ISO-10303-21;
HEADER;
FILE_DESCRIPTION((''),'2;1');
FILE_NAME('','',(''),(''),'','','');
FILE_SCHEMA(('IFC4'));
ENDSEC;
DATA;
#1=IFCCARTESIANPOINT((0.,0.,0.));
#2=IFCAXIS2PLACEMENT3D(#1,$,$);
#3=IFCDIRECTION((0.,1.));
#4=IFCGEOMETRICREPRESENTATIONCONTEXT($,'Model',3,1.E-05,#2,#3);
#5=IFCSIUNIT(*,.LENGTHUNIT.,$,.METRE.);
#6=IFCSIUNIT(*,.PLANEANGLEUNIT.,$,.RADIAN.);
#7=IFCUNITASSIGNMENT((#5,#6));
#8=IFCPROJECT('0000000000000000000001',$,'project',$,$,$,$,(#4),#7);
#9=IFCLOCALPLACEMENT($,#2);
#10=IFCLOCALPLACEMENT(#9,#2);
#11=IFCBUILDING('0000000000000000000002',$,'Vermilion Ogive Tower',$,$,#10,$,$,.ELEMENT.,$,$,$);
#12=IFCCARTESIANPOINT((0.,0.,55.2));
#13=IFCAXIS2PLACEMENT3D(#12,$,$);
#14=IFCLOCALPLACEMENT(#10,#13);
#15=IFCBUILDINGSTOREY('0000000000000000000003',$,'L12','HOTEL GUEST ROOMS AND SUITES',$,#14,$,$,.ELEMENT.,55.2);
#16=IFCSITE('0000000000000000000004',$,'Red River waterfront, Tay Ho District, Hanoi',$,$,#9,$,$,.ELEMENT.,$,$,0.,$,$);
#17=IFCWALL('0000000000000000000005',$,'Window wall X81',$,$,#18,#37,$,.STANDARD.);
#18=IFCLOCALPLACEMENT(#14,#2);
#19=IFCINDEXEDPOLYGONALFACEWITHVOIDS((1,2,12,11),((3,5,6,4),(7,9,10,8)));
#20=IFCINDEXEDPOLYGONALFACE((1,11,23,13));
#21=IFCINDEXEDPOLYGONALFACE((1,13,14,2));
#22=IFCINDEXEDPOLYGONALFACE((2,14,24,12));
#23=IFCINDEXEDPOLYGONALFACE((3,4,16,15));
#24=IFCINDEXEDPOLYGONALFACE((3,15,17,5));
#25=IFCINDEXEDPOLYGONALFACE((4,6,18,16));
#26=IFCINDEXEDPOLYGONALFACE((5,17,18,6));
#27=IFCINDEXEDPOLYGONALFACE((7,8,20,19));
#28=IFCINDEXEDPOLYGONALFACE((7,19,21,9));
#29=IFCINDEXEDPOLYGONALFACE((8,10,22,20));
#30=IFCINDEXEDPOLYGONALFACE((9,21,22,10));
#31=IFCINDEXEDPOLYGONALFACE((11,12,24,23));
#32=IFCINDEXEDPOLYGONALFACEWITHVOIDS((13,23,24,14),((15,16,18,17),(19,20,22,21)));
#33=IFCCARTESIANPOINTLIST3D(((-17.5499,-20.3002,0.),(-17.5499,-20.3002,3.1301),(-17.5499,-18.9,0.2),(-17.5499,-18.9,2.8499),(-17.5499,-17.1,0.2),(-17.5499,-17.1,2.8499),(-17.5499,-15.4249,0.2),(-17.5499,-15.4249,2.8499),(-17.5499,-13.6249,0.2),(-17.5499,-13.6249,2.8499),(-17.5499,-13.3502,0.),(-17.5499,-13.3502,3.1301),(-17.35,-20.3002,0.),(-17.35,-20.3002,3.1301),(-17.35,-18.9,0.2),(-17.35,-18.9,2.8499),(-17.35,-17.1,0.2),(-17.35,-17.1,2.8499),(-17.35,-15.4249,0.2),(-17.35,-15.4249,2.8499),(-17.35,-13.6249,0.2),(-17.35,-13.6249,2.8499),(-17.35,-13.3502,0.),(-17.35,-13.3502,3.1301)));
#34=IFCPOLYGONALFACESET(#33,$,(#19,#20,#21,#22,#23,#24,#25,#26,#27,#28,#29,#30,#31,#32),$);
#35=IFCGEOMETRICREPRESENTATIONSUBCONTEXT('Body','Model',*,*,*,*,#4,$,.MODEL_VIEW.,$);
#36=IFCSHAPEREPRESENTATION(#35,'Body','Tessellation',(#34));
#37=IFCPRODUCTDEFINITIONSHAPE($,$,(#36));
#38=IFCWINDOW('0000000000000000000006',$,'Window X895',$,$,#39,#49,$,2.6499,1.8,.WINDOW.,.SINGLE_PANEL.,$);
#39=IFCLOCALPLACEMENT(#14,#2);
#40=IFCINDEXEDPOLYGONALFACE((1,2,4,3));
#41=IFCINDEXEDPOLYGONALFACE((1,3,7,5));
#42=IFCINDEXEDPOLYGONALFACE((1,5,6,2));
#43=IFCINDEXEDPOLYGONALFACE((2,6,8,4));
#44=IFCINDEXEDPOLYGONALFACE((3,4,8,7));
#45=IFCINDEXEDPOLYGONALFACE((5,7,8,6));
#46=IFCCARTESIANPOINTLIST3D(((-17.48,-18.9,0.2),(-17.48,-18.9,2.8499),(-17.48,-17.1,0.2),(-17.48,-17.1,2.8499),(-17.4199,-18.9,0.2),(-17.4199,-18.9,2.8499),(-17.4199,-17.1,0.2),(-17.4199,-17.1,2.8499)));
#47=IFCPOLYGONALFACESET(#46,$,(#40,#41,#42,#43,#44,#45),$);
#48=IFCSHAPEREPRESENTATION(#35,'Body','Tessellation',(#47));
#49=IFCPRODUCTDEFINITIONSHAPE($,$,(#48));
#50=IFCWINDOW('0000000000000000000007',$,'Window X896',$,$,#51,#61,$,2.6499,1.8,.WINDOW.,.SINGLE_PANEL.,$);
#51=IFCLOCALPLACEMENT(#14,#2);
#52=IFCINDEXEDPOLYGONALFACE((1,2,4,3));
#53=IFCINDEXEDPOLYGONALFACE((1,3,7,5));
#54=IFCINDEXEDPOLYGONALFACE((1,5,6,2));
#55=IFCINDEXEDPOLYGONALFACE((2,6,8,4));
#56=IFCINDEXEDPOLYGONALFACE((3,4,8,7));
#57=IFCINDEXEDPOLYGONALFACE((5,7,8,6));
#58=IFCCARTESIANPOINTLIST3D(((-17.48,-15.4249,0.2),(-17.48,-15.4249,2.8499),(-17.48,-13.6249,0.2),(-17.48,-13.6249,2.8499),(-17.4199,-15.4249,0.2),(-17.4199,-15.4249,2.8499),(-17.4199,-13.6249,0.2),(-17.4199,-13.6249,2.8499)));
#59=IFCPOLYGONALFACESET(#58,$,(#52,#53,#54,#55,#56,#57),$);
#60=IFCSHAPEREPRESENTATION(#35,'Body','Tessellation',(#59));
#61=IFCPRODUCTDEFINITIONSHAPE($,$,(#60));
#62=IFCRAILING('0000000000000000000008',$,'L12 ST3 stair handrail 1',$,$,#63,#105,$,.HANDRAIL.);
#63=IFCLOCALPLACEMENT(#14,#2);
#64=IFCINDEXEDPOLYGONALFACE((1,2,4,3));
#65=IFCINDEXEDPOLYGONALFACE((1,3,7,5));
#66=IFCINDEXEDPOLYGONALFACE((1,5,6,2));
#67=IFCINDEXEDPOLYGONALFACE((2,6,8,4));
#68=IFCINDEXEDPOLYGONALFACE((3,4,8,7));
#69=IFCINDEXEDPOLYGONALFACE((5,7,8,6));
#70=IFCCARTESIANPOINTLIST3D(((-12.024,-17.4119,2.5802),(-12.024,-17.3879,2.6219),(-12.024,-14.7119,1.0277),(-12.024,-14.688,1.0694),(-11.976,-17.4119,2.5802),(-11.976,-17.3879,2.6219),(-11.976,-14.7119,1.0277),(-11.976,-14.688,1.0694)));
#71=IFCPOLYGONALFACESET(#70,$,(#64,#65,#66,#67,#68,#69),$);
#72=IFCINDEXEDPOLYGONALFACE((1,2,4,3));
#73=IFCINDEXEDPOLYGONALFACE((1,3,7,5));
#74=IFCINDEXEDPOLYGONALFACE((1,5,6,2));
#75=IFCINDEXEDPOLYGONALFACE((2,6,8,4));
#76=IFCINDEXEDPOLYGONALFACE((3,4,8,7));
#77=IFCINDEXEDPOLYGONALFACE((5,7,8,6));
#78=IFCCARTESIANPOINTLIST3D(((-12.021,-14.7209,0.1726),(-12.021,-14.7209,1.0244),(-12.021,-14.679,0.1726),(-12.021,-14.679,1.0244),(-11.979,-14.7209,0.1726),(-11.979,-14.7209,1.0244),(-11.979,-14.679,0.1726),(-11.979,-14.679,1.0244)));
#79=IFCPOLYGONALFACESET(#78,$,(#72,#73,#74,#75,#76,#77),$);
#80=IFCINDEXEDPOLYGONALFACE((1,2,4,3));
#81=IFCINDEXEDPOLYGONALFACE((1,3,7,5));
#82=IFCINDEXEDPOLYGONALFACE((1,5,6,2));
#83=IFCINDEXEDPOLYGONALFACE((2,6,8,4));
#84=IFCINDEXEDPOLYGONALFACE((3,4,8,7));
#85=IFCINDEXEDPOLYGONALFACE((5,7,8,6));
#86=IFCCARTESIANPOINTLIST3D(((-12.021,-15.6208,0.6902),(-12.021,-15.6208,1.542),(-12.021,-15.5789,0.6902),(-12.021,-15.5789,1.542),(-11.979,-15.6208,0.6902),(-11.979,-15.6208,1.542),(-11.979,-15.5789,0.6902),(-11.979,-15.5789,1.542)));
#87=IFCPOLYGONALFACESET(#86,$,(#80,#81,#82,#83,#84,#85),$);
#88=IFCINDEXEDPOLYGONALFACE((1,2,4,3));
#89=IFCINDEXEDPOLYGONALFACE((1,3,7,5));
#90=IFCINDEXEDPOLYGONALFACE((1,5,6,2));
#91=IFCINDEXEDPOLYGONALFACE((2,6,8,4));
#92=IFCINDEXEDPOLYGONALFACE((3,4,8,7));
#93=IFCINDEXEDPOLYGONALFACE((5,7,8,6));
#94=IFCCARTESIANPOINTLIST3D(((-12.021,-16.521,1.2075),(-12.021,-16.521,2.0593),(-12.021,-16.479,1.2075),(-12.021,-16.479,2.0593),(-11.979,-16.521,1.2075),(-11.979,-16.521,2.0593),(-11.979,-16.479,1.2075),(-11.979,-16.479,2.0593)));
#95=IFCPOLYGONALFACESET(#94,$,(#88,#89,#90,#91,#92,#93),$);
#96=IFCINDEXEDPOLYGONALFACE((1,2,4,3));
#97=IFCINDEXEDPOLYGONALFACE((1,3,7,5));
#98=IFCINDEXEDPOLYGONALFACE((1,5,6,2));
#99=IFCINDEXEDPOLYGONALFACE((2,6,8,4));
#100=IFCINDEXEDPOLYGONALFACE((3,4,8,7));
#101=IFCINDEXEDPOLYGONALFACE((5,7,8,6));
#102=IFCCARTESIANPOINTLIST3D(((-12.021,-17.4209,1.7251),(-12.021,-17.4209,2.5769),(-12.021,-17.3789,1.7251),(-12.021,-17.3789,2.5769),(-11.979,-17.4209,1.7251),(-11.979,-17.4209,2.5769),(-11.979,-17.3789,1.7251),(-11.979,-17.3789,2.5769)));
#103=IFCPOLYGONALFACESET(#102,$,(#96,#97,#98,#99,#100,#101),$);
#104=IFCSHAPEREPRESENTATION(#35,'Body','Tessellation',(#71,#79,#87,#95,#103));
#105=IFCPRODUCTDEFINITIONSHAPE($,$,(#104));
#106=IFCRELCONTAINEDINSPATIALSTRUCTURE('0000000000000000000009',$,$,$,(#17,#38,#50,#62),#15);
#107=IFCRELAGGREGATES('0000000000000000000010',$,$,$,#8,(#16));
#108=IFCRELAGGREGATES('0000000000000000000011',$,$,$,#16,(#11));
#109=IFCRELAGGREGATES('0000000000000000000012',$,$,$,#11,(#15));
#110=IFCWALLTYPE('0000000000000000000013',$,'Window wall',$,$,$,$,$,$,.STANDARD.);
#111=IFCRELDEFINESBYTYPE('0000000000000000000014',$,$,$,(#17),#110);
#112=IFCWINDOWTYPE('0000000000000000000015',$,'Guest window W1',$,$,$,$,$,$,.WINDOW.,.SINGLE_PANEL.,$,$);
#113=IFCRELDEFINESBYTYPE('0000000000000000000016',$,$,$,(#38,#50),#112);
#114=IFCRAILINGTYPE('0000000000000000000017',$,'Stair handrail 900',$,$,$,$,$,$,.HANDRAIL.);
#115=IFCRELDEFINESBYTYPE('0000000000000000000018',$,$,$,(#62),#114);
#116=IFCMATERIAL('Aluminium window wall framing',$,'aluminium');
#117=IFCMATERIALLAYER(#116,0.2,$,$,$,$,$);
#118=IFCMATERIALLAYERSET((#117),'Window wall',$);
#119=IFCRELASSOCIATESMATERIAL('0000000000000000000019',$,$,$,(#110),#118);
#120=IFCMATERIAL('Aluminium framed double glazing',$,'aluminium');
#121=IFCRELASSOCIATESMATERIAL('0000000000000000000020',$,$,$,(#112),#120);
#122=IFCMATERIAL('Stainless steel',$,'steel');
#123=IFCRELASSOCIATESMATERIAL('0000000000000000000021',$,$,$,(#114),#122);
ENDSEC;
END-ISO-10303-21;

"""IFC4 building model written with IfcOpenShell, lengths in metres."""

from ifc_helpers import new_model, si_unit, direction, frame, frame_2d, origin, origin_2d, place, context, subcontext, project, spatial, rectangle, extrude, material, layer, layer_set, type_object, element, fill, save


model = new_model("IFC4")

# Units and contexts
model_context = context("Model", 3, precision=1e-05, world=origin(), true_north=direction((0.0, 1.0)))
body_context = subcontext(model_context, "Body", "Model", "MODEL_VIEW")
ifc_project = project(units=[si_unit("LENGTHUNIT", "METRE"), si_unit("PLANEANGLEUNIT", "RADIAN")], contexts=[model_context])

# Site, building, storey
site_placement = place(None, origin())
site = spatial("IfcSite", under=ifc_project, at=site_placement, Name="Red River waterfront, Tay Ho District, Hanoi", CompositionType="ELEMENT", RefElevation=0.0)
building_placement = place(site_placement, origin())
building = spatial("IfcBuilding", under=site, at=building_placement, Name="Vermilion Ogive Tower", CompositionType="ELEMENT")
storey_placement = place(building_placement, frame((0.0, 0.0, 55.2)))
storey = spatial("IfcBuildingStorey", under=building, at=storey_placement, Name="L12", Description="HOTEL GUEST ROOMS AND SUITES", CompositionType="ELEMENT", Elevation=55.2)

# Shared definitions
ifc_material_1 = material(Name="Aluminium window wall framing", Category="aluminium")
ifc_layer_1 = layer(ifc_material_1, 0.2)
ifc_layer_set_1 = layer_set([ifc_layer_1], Name="Window wall")
wall_type_1 = type_object("IfcWallType", Name="Window wall", PredefinedType="STANDARD", material=ifc_layer_set_1)

# Wall, openings, windows
wall_1_placement = place(storey_placement, frame((-17.45, -13.3501, 0.0), z_axis=(0.0, 0.0, 1.0), x_axis=(0.0, -1.0, 0.0)))
wall_1 = element("IfcWall", 1, at=wall_1_placement, inside=storey, type_object=wall_type_1, Name="Window wall X81", PredefinedType="STANDARD", context=body_context, shape_type="SweptSolid", body=[
    extrude(rectangle(XDim=6.95, YDim=0.2, at=frame_2d((3.4751, 0.0))), origin(), (0.0, 0.0, 1.0), 3.1301),
])
opening_1_placement = place(wall_1_placement, frame((3.75, 0.0, 0.2)))
opening_1 = element("IfcOpeningElement", 2, at=opening_1_placement, cuts=wall_1, PredefinedType="OPENING", context=body_context, shape_type="SweptSolid", body=[
    extrude(rectangle(XDim=1.8, YDim=2.6499, at=frame_2d((0.8999, 1.325))), frame((0.0, 0.1099, 0.0), z_axis=(0.0, -1.0, 0.0), x_axis=(1.0, 0.0, 0.0)), (0.0, 0.0, 1.0), 0.22),
])
opening_2_placement = place(wall_1_placement, frame((0.2749, 0.0, 0.2)))
opening_2 = element("IfcOpeningElement", 3, at=opening_2_placement, cuts=wall_1, PredefinedType="OPENING", context=body_context, shape_type="SweptSolid", body=[
    extrude(rectangle(XDim=1.8, YDim=2.6499, at=frame_2d((0.8999, 1.325))), frame((0.0, 0.1099, 0.0), z_axis=(0.0, -1.0, 0.0), x_axis=(1.0, 0.0, 0.0)), (0.0, 0.0, 1.0), 0.22),
])
ifc_material_2 = material(Name="Aluminium framed double glazing", Category="aluminium")
window_type = type_object("IfcWindowType", Name="Guest window W1", PartitioningType="SINGLE_PANEL", PredefinedType="WINDOW", material=ifc_material_2)
window_1_placement = place(opening_1_placement, origin())
window_1 = element("IfcWindow", 4, at=window_1_placement, inside=storey, type_object=window_type, Name="Window X895", OverallHeight=2.6499, OverallWidth=1.8, PartitioningType="SINGLE_PANEL", PredefinedType="WINDOW", context=body_context, shape_type="SweptSolid", body=[
    extrude(rectangle(XDim=1.8, YDim=2.6499, at=frame_2d((0.8999, 1.325))), frame((0.0, 0.03, 0.0), z_axis=(0.0, -1.0, 0.0), x_axis=(1.0, 0.0, 0.0)), (0.0, 0.0, 1.0), 0.0601),
])
fill(opening_1, window_1)
window_2_placement = place(opening_2_placement, origin())
window_2 = element("IfcWindow", 5, at=window_2_placement, inside=storey, type_object=window_type, Name="Window X896", OverallHeight=2.6499, OverallWidth=1.8, PartitioningType="SINGLE_PANEL", PredefinedType="WINDOW", context=body_context, shape_type="SweptSolid", body=[
    extrude(rectangle(XDim=1.8, YDim=2.6499, at=frame_2d((0.8999, 1.325))), frame((0.0, 0.03, 0.0), z_axis=(0.0, -1.0, 0.0), x_axis=(1.0, 0.0, 0.0)), (0.0, 0.0, 1.0), 0.0601),
])
fill(opening_2, window_2)

# Railing
ifc_material_3 = material(Name="Stainless steel", Category="steel")
railing_type = type_object("IfcRailingType", Name="Stair handrail 900", PredefinedType="HANDRAIL", material=ifc_material_3)
railing_placement = place(storey_placement, frame((-12.0, -14.7, 0.1726)))
element("IfcRailing", 6, at=railing_placement, inside=storey, type_object=railing_type, Name="L12 ST3 stair handrail 1", PredefinedType="HANDRAIL", context=body_context, shape_type="SweptSolid", body=[
    extrude(rectangle(XDim=0.0481, YDim=0.0481, at=origin_2d()), frame((0.0, 0.0, 0.876), z_axis=(0.0, -0.866904, 0.498476), x_axis=(1.0, 0.0, 0.0)), (0.0, 0.0, 1.0), 3.1145),
    extrude(rectangle(XDim=0.042, YDim=0.042, at=origin_2d()), origin(), (0.0, 0.0, 1.0), 0.8518),
    extrude(rectangle(XDim=0.042, YDim=0.042, at=origin_2d()), frame((0.0, -0.8999, 0.5176)), (0.0, 0.0, 1.0), 0.8518),
    extrude(rectangle(XDim=0.042, YDim=0.042, at=origin_2d()), frame((0.0, -1.8, 1.0349)), (0.0, 0.0, 1.0), 0.8518),
    extrude(rectangle(XDim=0.042, YDim=0.042, at=origin_2d()), frame((0.0, -2.7, 1.5525)), (0.0, 0.0, 1.0), 0.8518),
])

save(model, "model.ifc")
